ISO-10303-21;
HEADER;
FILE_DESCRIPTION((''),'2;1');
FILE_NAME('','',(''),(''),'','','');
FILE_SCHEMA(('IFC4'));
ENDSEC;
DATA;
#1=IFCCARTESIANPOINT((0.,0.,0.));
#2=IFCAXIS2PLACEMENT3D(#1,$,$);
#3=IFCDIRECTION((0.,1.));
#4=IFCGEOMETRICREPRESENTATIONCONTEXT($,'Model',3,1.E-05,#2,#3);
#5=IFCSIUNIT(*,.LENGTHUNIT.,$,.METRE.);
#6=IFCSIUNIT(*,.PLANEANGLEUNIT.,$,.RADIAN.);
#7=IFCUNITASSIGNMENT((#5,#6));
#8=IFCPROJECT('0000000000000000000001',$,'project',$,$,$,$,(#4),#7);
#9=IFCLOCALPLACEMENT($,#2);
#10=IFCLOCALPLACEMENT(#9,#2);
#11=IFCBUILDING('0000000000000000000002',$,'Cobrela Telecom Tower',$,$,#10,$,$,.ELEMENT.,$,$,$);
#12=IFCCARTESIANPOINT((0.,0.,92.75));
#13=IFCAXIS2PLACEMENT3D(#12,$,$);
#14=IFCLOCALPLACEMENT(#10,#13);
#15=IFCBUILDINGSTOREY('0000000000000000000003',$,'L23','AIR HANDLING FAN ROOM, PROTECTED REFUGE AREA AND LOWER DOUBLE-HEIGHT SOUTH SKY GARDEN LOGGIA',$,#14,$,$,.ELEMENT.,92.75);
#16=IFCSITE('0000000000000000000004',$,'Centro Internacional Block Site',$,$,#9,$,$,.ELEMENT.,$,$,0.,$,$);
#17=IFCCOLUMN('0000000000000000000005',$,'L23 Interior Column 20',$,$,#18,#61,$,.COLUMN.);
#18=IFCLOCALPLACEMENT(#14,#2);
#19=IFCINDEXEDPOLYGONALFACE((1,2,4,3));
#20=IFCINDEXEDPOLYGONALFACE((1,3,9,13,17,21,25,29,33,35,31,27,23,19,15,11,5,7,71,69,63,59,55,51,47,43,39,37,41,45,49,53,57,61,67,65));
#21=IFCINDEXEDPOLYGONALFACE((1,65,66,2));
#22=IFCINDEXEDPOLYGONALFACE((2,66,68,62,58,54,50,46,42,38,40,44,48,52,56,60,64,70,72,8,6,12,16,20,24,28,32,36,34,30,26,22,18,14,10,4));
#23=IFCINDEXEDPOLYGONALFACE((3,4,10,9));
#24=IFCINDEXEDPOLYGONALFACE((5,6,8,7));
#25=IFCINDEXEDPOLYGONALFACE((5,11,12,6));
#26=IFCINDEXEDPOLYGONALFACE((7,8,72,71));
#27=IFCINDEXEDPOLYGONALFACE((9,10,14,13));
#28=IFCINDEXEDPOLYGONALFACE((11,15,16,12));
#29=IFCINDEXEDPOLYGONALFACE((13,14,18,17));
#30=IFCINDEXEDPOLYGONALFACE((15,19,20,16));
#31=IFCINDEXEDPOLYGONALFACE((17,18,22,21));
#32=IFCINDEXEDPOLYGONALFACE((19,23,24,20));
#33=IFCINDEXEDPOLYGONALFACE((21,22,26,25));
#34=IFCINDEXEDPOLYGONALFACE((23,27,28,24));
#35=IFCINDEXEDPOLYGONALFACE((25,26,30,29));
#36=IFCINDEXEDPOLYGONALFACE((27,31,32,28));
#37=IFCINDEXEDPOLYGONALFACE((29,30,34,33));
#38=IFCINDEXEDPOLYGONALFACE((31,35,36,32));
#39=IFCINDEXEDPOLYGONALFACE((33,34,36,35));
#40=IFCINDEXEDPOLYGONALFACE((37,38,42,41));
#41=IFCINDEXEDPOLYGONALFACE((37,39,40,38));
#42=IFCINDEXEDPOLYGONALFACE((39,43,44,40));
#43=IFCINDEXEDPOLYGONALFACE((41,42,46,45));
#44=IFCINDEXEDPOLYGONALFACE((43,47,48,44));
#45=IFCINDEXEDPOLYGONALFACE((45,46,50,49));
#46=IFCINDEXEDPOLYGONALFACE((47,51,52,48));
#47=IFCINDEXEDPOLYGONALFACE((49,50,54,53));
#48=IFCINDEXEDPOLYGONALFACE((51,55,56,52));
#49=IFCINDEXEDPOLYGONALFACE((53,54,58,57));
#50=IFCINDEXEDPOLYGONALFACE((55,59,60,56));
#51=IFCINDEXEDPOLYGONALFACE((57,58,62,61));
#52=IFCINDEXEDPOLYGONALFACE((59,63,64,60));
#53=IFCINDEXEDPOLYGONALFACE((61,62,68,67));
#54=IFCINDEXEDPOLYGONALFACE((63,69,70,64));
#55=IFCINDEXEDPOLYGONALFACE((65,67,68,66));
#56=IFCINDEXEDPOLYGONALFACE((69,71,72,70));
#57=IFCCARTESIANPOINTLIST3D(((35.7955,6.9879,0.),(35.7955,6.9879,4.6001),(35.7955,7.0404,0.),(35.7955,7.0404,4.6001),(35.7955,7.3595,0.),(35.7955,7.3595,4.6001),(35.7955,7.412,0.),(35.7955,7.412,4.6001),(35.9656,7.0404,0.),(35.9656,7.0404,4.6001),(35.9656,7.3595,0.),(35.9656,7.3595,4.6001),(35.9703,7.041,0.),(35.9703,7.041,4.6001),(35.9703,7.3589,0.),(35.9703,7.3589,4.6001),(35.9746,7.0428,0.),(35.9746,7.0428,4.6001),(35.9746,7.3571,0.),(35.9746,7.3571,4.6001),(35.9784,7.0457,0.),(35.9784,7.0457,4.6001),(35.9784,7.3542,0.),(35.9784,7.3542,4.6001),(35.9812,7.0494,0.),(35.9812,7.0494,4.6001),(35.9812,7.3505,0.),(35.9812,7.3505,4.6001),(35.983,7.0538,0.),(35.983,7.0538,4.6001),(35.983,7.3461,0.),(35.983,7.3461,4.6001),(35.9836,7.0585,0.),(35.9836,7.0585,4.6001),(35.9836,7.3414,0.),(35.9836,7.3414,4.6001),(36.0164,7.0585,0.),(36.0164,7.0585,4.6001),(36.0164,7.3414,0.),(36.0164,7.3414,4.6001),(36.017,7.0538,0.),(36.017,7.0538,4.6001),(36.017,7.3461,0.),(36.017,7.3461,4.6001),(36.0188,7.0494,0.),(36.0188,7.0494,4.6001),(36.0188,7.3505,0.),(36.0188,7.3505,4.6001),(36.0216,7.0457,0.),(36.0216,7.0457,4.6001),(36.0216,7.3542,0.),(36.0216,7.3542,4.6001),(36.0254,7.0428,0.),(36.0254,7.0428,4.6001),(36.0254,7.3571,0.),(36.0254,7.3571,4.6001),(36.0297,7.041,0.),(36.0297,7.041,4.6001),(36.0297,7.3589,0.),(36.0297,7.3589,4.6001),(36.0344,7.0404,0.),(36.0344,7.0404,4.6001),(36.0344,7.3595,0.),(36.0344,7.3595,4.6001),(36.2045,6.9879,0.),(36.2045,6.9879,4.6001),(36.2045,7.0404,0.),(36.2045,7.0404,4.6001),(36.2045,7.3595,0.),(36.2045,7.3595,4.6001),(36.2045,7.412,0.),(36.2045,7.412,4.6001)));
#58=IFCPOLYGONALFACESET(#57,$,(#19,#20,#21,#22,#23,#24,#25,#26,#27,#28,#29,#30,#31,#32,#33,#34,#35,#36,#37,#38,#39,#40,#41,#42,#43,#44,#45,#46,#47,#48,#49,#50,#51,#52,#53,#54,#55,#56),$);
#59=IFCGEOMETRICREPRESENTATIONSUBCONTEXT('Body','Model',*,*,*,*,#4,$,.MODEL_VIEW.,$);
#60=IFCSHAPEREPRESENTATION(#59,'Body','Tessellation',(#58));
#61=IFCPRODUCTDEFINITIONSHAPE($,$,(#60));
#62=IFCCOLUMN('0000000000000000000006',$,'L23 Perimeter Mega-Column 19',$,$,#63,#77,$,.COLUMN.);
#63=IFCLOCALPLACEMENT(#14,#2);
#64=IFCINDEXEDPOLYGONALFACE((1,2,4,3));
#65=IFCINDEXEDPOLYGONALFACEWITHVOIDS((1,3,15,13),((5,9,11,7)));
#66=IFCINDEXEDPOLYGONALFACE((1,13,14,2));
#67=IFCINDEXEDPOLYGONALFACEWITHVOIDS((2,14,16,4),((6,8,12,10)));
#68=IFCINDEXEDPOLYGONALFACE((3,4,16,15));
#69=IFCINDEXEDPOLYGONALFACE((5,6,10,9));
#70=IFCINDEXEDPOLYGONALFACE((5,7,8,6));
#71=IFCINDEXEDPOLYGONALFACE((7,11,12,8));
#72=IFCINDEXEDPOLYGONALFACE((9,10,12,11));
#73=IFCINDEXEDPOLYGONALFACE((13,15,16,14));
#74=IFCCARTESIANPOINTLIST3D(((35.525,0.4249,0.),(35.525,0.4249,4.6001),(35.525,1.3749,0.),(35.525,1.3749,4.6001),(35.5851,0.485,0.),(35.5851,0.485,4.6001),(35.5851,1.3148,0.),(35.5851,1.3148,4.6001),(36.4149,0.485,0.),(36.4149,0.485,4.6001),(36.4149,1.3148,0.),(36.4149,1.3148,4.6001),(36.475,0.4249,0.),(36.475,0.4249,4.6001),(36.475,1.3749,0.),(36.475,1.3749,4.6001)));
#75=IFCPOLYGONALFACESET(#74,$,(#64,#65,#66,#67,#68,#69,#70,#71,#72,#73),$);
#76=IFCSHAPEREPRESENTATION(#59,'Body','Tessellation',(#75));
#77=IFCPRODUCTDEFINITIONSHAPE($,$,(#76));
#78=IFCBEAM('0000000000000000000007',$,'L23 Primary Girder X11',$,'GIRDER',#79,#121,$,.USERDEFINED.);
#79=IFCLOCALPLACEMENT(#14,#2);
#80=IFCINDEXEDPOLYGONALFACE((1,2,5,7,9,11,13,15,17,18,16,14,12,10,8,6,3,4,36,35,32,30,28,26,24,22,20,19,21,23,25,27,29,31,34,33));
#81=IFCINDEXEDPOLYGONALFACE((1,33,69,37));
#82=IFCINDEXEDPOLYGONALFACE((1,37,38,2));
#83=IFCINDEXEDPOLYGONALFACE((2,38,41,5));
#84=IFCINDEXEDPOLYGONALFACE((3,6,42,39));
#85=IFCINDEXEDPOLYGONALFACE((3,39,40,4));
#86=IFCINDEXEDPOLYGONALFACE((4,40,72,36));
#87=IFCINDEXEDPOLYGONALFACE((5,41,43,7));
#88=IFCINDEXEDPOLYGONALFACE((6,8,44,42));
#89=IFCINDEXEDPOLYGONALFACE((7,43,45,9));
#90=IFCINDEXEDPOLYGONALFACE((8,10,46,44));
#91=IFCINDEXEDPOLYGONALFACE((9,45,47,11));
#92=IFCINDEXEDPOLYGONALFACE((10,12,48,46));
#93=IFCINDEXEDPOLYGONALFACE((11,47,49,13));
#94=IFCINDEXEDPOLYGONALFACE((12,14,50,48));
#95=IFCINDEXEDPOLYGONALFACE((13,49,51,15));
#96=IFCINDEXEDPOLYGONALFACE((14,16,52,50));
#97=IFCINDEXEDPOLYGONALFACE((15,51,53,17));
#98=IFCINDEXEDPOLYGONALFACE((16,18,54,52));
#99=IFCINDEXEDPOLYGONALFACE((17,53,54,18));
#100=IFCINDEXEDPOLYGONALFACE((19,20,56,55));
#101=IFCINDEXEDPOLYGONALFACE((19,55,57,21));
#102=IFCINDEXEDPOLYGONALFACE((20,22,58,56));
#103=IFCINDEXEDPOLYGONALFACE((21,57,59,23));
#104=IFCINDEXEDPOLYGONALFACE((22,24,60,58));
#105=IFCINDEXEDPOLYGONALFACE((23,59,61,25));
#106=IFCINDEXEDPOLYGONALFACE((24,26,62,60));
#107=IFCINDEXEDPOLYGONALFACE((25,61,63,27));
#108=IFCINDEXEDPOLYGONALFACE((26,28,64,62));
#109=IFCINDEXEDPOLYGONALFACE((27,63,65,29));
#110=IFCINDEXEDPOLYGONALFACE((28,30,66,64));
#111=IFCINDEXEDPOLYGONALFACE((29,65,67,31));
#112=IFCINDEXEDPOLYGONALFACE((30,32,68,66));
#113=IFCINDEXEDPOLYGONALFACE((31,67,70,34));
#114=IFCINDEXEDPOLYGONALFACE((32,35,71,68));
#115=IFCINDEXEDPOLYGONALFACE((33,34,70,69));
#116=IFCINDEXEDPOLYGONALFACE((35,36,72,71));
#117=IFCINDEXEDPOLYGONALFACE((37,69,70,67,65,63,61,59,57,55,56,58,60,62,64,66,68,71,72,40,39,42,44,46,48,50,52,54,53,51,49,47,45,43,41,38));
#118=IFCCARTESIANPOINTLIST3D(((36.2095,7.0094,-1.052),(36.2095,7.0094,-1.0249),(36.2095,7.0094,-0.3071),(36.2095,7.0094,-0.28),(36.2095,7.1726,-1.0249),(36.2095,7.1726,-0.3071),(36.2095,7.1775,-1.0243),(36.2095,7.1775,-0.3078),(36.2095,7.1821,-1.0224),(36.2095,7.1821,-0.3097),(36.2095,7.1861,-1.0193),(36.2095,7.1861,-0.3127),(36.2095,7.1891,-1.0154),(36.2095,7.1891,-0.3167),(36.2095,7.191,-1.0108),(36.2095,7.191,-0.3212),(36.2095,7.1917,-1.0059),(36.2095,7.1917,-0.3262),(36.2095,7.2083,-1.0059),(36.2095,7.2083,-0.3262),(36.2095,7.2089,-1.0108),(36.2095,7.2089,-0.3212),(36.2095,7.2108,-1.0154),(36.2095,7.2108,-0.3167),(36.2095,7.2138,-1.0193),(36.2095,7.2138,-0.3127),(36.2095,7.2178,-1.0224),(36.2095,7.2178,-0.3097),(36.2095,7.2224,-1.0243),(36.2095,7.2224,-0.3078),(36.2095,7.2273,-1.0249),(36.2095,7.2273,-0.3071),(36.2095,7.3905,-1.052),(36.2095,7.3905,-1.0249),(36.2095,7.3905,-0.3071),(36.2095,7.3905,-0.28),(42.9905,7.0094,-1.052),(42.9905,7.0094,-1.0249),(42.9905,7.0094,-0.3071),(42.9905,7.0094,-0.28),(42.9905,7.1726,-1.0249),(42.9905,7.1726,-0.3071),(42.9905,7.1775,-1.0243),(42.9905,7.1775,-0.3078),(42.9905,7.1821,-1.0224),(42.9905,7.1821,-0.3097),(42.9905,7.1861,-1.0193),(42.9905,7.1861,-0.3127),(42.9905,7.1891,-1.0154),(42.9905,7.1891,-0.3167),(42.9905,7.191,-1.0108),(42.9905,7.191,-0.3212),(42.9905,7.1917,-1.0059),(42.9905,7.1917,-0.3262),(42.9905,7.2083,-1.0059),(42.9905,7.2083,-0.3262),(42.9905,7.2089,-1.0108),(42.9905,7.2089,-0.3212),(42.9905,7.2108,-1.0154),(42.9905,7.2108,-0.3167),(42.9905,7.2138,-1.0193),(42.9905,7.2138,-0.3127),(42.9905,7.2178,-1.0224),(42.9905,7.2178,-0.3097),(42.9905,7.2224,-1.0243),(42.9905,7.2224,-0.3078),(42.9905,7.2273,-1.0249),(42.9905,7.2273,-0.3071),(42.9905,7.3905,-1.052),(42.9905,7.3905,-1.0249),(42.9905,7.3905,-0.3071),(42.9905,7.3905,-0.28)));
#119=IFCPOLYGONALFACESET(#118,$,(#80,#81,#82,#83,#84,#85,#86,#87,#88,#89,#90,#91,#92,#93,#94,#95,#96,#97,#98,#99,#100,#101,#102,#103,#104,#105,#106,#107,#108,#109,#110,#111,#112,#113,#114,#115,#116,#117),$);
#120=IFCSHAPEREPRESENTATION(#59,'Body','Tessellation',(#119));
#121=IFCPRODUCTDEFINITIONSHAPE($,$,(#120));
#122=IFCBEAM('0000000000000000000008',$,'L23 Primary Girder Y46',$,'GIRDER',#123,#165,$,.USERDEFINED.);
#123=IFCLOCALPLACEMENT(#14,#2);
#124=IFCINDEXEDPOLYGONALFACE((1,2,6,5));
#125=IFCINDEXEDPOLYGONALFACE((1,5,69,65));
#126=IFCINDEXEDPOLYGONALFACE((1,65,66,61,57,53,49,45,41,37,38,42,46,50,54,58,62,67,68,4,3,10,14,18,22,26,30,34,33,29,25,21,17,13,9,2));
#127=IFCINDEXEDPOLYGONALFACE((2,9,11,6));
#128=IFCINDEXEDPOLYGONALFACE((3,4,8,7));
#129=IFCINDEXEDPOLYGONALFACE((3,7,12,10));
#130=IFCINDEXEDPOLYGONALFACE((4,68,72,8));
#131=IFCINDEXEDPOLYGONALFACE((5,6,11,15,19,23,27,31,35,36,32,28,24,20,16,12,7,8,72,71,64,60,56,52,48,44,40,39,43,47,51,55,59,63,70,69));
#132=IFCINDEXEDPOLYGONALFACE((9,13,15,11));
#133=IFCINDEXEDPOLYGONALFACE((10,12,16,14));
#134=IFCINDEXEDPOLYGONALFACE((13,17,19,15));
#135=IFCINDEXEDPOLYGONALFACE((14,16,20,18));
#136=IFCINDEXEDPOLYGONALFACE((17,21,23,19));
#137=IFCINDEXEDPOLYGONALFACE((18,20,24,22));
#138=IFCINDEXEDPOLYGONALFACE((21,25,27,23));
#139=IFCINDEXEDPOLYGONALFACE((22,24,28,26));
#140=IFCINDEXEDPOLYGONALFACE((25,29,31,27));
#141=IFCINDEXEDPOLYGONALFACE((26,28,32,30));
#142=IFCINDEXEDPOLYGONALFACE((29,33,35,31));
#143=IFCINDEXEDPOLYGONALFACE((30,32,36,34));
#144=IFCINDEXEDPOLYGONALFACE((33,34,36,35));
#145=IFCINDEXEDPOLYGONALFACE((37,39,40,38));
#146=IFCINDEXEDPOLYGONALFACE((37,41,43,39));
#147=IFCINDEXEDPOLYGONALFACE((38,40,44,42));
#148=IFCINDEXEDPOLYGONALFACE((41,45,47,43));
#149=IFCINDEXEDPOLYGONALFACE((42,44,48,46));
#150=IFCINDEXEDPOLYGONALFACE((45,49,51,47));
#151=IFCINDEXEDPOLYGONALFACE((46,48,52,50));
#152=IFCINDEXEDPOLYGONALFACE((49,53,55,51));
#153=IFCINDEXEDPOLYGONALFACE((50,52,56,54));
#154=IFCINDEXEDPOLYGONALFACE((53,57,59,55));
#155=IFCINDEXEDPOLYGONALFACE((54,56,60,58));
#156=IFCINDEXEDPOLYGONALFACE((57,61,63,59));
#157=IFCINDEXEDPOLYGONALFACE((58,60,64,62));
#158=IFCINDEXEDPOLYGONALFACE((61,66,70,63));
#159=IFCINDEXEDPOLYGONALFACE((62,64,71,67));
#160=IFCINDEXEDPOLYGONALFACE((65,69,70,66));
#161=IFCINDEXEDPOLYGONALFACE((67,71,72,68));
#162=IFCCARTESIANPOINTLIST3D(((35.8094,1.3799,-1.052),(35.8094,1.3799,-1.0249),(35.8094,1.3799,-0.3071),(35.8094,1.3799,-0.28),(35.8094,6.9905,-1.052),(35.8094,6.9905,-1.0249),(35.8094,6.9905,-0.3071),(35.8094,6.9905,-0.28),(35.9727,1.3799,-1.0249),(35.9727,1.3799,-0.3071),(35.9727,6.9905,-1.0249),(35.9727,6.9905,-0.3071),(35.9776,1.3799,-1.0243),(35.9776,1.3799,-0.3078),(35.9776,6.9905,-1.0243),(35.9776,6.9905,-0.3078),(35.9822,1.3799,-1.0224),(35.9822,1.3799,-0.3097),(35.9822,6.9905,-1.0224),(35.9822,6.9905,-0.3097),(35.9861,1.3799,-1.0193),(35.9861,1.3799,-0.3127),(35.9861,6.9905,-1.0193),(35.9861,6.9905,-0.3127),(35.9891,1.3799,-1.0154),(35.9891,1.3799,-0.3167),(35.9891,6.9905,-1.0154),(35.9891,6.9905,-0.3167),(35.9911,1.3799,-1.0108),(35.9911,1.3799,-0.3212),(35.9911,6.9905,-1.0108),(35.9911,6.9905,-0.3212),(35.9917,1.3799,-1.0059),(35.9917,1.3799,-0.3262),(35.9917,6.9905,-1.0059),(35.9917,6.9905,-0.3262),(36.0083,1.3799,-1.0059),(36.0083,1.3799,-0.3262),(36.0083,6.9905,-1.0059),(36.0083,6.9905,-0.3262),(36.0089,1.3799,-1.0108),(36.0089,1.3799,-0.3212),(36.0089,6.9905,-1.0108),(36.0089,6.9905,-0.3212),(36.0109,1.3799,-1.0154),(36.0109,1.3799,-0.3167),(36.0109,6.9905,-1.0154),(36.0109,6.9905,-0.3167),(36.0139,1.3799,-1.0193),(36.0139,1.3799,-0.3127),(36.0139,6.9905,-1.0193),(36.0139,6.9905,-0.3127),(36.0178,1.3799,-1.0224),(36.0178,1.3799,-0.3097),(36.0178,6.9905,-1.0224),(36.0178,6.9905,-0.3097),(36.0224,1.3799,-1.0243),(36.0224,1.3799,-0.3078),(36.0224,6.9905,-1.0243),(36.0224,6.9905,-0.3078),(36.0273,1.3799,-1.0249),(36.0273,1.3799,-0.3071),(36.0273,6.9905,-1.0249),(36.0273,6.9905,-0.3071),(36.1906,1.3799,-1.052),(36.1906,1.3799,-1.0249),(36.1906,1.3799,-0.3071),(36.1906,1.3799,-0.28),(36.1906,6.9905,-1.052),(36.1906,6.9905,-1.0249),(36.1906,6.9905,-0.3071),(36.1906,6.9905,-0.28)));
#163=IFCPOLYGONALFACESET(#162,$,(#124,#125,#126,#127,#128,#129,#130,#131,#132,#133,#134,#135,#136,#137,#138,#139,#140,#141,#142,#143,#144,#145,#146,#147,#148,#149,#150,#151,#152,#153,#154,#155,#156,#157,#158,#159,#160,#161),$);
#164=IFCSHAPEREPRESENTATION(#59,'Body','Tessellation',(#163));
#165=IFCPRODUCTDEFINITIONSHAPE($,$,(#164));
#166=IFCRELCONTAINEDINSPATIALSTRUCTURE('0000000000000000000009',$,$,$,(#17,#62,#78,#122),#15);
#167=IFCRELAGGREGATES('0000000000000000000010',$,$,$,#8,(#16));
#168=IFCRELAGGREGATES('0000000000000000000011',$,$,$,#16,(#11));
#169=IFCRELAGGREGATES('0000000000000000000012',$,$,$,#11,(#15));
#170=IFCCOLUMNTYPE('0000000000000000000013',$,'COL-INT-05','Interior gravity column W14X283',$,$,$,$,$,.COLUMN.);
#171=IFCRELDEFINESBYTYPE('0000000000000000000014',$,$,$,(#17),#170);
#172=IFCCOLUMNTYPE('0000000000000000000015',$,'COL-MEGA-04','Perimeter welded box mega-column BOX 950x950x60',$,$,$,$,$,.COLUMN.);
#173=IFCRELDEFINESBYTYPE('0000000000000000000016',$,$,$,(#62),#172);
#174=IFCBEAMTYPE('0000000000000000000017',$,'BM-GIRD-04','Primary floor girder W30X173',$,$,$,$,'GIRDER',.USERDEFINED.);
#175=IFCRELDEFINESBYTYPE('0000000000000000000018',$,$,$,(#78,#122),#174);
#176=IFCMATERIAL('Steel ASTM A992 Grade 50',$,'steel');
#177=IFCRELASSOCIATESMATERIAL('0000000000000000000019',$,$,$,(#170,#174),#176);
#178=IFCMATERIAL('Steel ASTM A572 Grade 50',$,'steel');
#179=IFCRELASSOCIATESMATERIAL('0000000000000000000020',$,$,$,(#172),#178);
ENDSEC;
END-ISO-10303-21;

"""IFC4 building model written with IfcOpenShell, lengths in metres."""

from ifc_helpers import new_model, si_unit, direction, frame, origin, origin_2d, place, context, subcontext, project, spatial, hollow_rectangle, i_section, extrude, material, material_profile, profile_set, type_object, element, save


model = new_model("IFC4")

# Units and contexts
model_context = context("Model", 3, precision=1e-05, world=origin(), true_north=direction((0.0, 1.0)))
body_context = subcontext(model_context, "Body", "Model", "MODEL_VIEW")
ifc_project = project(units=[si_unit("LENGTHUNIT", "METRE"), si_unit("PLANEANGLEUNIT", "RADIAN")], contexts=[model_context])

# Site, building, storey
site_placement = place(None, origin())
site = spatial("IfcSite", under=ifc_project, at=site_placement, Name="Centro Internacional Block Site", CompositionType="ELEMENT", RefElevation=0.0)
building_placement = place(site_placement, origin())
building = spatial("IfcBuilding", under=site, at=building_placement, Name="Cobrela Telecom Tower", CompositionType="ELEMENT")
storey_placement = place(building_placement, frame((0.0, 0.0, 92.75)))
storey = spatial("IfcBuildingStorey", under=building, at=storey_placement, Name="L23", Description="AIR HANDLING FAN ROOM, PROTECTED REFUGE AREA AND LOWER DOUBLE-HEIGHT SOUTH SKY GARDEN LOGGIA", CompositionType="ELEMENT", Elevation=92.75)

# Columns
ifc_material_1 = material(Name="Steel ASTM A992 Grade 50", Category="steel")
ifc_material_profile_1 = material_profile(ifc_material_1, i_section(OverallWidth=0.4089, OverallDepth=0.4241, WebThickness=0.0327, FlangeThickness=0.0525, FilletRadius=0.0181, at=origin_2d()), Name="W14X283")
ifc_profile_set_1 = profile_set([ifc_material_profile_1], Name="Steel ASTM A992 Grade 50")
column_type_1 = type_object("IfcColumnType", Name="COL-INT-05", Description="Interior gravity column W14X283", PredefinedType="COLUMN", material=ifc_profile_set_1)
column_1_placement = place(storey_placement, frame((36.0, 7.2, 0.0), z_axis=(0.0, 0.0, 1.0), x_axis=(1.0, 0.0, 0.0)))
element("IfcColumn", 1, at=column_1_placement, inside=storey, type_object=column_type_1, Name="L23 Interior Column 20", PredefinedType="COLUMN", context=body_context, shape_type="SweptSolid", body=[
    extrude(i_section(OverallWidth=0.4089, OverallDepth=0.4241, WebThickness=0.0327, FlangeThickness=0.0525, FilletRadius=0.0181, at=origin_2d()), origin(), (0.0, 0.0, 1.0), 4.6001),
])
ifc_material_2 = material(Name="Steel ASTM A572 Grade 50", Category="steel")
ifc_material_profile_2 = material_profile(ifc_material_2, hollow_rectangle(XDim=0.95, YDim=0.95, WallThickness=0.0601, at=origin_2d()), Name="BOX 950x950x60")
ifc_profile_set_2 = profile_set([ifc_material_profile_2], Name="Steel ASTM A572 Grade 50")
column_type_2 = type_object("IfcColumnType", Name="COL-MEGA-04", Description="Perimeter welded box mega-column BOX 950x950x60", PredefinedType="COLUMN", material=ifc_profile_set_2)
column_2_placement = place(storey_placement, frame((36.0, 0.8999, 0.0), z_axis=(0.0, 0.0, 1.0), x_axis=(1.0, 0.0, 0.0)))
element("IfcColumn", 2, at=column_2_placement, inside=storey, type_object=column_type_2, Name="L23 Perimeter Mega-Column 19", PredefinedType="COLUMN", context=body_context, shape_type="SweptSolid", body=[
    extrude(hollow_rectangle(XDim=0.95, YDim=0.95, WallThickness=0.0601, at=origin_2d()), origin(), (0.0, 0.0, 1.0), 4.6001),
])

# Beams
ifc_material_profile_3 = material_profile(ifc_material_1, i_section(OverallWidth=0.3811, OverallDepth=0.772, WebThickness=0.0166, FlangeThickness=0.0271, FilletRadius=0.019, at=origin_2d()), Name="W30X173")
ifc_profile_set_3 = profile_set([ifc_material_profile_3], Name="Steel ASTM A992 Grade 50")
beam_type_1 = type_object("IfcBeamType", Name="BM-GIRD-04", Description="Primary floor girder W30X173", ElementType="GIRDER", PredefinedType="USERDEFINED", material=ifc_profile_set_3)
beam_1_placement = place(storey_placement, frame((36.2095, 7.2, -0.666), z_axis=(1.0, 0.0, 0.0), x_axis=(0.0, 1.0, 0.0)))
element("IfcBeam", 3, at=beam_1_placement, inside=storey, type_object=beam_type_1, Name="L23 Primary Girder X11", ObjectType="GIRDER", PredefinedType="USERDEFINED", context=body_context, shape_type="SweptSolid", body=[
    extrude(i_section(OverallWidth=0.3811, OverallDepth=0.772, WebThickness=0.0166, FlangeThickness=0.0271, FilletRadius=0.019, at=origin_2d()), origin(), (0.0, 0.0, 1.0), 6.781),
])
beam_2_placement = place(storey_placement, frame((36.0, 1.3799, -0.666), z_axis=(0.0, 1.0, 0.0), x_axis=(-1.0, 0.0, 0.0)))
element("IfcBeam", 4, at=beam_2_placement, inside=storey, type_object=beam_type_1, Name="L23 Primary Girder Y46", ObjectType="GIRDER", PredefinedType="USERDEFINED", context=body_context, shape_type="SweptSolid", body=[
    extrude(i_section(OverallWidth=0.3811, OverallDepth=0.772, WebThickness=0.0166, FlangeThickness=0.0271, FilletRadius=0.019, at=origin_2d()), origin(), (0.0, 0.0, 1.0), 5.6106),
])

save(model, "model.ifc")
